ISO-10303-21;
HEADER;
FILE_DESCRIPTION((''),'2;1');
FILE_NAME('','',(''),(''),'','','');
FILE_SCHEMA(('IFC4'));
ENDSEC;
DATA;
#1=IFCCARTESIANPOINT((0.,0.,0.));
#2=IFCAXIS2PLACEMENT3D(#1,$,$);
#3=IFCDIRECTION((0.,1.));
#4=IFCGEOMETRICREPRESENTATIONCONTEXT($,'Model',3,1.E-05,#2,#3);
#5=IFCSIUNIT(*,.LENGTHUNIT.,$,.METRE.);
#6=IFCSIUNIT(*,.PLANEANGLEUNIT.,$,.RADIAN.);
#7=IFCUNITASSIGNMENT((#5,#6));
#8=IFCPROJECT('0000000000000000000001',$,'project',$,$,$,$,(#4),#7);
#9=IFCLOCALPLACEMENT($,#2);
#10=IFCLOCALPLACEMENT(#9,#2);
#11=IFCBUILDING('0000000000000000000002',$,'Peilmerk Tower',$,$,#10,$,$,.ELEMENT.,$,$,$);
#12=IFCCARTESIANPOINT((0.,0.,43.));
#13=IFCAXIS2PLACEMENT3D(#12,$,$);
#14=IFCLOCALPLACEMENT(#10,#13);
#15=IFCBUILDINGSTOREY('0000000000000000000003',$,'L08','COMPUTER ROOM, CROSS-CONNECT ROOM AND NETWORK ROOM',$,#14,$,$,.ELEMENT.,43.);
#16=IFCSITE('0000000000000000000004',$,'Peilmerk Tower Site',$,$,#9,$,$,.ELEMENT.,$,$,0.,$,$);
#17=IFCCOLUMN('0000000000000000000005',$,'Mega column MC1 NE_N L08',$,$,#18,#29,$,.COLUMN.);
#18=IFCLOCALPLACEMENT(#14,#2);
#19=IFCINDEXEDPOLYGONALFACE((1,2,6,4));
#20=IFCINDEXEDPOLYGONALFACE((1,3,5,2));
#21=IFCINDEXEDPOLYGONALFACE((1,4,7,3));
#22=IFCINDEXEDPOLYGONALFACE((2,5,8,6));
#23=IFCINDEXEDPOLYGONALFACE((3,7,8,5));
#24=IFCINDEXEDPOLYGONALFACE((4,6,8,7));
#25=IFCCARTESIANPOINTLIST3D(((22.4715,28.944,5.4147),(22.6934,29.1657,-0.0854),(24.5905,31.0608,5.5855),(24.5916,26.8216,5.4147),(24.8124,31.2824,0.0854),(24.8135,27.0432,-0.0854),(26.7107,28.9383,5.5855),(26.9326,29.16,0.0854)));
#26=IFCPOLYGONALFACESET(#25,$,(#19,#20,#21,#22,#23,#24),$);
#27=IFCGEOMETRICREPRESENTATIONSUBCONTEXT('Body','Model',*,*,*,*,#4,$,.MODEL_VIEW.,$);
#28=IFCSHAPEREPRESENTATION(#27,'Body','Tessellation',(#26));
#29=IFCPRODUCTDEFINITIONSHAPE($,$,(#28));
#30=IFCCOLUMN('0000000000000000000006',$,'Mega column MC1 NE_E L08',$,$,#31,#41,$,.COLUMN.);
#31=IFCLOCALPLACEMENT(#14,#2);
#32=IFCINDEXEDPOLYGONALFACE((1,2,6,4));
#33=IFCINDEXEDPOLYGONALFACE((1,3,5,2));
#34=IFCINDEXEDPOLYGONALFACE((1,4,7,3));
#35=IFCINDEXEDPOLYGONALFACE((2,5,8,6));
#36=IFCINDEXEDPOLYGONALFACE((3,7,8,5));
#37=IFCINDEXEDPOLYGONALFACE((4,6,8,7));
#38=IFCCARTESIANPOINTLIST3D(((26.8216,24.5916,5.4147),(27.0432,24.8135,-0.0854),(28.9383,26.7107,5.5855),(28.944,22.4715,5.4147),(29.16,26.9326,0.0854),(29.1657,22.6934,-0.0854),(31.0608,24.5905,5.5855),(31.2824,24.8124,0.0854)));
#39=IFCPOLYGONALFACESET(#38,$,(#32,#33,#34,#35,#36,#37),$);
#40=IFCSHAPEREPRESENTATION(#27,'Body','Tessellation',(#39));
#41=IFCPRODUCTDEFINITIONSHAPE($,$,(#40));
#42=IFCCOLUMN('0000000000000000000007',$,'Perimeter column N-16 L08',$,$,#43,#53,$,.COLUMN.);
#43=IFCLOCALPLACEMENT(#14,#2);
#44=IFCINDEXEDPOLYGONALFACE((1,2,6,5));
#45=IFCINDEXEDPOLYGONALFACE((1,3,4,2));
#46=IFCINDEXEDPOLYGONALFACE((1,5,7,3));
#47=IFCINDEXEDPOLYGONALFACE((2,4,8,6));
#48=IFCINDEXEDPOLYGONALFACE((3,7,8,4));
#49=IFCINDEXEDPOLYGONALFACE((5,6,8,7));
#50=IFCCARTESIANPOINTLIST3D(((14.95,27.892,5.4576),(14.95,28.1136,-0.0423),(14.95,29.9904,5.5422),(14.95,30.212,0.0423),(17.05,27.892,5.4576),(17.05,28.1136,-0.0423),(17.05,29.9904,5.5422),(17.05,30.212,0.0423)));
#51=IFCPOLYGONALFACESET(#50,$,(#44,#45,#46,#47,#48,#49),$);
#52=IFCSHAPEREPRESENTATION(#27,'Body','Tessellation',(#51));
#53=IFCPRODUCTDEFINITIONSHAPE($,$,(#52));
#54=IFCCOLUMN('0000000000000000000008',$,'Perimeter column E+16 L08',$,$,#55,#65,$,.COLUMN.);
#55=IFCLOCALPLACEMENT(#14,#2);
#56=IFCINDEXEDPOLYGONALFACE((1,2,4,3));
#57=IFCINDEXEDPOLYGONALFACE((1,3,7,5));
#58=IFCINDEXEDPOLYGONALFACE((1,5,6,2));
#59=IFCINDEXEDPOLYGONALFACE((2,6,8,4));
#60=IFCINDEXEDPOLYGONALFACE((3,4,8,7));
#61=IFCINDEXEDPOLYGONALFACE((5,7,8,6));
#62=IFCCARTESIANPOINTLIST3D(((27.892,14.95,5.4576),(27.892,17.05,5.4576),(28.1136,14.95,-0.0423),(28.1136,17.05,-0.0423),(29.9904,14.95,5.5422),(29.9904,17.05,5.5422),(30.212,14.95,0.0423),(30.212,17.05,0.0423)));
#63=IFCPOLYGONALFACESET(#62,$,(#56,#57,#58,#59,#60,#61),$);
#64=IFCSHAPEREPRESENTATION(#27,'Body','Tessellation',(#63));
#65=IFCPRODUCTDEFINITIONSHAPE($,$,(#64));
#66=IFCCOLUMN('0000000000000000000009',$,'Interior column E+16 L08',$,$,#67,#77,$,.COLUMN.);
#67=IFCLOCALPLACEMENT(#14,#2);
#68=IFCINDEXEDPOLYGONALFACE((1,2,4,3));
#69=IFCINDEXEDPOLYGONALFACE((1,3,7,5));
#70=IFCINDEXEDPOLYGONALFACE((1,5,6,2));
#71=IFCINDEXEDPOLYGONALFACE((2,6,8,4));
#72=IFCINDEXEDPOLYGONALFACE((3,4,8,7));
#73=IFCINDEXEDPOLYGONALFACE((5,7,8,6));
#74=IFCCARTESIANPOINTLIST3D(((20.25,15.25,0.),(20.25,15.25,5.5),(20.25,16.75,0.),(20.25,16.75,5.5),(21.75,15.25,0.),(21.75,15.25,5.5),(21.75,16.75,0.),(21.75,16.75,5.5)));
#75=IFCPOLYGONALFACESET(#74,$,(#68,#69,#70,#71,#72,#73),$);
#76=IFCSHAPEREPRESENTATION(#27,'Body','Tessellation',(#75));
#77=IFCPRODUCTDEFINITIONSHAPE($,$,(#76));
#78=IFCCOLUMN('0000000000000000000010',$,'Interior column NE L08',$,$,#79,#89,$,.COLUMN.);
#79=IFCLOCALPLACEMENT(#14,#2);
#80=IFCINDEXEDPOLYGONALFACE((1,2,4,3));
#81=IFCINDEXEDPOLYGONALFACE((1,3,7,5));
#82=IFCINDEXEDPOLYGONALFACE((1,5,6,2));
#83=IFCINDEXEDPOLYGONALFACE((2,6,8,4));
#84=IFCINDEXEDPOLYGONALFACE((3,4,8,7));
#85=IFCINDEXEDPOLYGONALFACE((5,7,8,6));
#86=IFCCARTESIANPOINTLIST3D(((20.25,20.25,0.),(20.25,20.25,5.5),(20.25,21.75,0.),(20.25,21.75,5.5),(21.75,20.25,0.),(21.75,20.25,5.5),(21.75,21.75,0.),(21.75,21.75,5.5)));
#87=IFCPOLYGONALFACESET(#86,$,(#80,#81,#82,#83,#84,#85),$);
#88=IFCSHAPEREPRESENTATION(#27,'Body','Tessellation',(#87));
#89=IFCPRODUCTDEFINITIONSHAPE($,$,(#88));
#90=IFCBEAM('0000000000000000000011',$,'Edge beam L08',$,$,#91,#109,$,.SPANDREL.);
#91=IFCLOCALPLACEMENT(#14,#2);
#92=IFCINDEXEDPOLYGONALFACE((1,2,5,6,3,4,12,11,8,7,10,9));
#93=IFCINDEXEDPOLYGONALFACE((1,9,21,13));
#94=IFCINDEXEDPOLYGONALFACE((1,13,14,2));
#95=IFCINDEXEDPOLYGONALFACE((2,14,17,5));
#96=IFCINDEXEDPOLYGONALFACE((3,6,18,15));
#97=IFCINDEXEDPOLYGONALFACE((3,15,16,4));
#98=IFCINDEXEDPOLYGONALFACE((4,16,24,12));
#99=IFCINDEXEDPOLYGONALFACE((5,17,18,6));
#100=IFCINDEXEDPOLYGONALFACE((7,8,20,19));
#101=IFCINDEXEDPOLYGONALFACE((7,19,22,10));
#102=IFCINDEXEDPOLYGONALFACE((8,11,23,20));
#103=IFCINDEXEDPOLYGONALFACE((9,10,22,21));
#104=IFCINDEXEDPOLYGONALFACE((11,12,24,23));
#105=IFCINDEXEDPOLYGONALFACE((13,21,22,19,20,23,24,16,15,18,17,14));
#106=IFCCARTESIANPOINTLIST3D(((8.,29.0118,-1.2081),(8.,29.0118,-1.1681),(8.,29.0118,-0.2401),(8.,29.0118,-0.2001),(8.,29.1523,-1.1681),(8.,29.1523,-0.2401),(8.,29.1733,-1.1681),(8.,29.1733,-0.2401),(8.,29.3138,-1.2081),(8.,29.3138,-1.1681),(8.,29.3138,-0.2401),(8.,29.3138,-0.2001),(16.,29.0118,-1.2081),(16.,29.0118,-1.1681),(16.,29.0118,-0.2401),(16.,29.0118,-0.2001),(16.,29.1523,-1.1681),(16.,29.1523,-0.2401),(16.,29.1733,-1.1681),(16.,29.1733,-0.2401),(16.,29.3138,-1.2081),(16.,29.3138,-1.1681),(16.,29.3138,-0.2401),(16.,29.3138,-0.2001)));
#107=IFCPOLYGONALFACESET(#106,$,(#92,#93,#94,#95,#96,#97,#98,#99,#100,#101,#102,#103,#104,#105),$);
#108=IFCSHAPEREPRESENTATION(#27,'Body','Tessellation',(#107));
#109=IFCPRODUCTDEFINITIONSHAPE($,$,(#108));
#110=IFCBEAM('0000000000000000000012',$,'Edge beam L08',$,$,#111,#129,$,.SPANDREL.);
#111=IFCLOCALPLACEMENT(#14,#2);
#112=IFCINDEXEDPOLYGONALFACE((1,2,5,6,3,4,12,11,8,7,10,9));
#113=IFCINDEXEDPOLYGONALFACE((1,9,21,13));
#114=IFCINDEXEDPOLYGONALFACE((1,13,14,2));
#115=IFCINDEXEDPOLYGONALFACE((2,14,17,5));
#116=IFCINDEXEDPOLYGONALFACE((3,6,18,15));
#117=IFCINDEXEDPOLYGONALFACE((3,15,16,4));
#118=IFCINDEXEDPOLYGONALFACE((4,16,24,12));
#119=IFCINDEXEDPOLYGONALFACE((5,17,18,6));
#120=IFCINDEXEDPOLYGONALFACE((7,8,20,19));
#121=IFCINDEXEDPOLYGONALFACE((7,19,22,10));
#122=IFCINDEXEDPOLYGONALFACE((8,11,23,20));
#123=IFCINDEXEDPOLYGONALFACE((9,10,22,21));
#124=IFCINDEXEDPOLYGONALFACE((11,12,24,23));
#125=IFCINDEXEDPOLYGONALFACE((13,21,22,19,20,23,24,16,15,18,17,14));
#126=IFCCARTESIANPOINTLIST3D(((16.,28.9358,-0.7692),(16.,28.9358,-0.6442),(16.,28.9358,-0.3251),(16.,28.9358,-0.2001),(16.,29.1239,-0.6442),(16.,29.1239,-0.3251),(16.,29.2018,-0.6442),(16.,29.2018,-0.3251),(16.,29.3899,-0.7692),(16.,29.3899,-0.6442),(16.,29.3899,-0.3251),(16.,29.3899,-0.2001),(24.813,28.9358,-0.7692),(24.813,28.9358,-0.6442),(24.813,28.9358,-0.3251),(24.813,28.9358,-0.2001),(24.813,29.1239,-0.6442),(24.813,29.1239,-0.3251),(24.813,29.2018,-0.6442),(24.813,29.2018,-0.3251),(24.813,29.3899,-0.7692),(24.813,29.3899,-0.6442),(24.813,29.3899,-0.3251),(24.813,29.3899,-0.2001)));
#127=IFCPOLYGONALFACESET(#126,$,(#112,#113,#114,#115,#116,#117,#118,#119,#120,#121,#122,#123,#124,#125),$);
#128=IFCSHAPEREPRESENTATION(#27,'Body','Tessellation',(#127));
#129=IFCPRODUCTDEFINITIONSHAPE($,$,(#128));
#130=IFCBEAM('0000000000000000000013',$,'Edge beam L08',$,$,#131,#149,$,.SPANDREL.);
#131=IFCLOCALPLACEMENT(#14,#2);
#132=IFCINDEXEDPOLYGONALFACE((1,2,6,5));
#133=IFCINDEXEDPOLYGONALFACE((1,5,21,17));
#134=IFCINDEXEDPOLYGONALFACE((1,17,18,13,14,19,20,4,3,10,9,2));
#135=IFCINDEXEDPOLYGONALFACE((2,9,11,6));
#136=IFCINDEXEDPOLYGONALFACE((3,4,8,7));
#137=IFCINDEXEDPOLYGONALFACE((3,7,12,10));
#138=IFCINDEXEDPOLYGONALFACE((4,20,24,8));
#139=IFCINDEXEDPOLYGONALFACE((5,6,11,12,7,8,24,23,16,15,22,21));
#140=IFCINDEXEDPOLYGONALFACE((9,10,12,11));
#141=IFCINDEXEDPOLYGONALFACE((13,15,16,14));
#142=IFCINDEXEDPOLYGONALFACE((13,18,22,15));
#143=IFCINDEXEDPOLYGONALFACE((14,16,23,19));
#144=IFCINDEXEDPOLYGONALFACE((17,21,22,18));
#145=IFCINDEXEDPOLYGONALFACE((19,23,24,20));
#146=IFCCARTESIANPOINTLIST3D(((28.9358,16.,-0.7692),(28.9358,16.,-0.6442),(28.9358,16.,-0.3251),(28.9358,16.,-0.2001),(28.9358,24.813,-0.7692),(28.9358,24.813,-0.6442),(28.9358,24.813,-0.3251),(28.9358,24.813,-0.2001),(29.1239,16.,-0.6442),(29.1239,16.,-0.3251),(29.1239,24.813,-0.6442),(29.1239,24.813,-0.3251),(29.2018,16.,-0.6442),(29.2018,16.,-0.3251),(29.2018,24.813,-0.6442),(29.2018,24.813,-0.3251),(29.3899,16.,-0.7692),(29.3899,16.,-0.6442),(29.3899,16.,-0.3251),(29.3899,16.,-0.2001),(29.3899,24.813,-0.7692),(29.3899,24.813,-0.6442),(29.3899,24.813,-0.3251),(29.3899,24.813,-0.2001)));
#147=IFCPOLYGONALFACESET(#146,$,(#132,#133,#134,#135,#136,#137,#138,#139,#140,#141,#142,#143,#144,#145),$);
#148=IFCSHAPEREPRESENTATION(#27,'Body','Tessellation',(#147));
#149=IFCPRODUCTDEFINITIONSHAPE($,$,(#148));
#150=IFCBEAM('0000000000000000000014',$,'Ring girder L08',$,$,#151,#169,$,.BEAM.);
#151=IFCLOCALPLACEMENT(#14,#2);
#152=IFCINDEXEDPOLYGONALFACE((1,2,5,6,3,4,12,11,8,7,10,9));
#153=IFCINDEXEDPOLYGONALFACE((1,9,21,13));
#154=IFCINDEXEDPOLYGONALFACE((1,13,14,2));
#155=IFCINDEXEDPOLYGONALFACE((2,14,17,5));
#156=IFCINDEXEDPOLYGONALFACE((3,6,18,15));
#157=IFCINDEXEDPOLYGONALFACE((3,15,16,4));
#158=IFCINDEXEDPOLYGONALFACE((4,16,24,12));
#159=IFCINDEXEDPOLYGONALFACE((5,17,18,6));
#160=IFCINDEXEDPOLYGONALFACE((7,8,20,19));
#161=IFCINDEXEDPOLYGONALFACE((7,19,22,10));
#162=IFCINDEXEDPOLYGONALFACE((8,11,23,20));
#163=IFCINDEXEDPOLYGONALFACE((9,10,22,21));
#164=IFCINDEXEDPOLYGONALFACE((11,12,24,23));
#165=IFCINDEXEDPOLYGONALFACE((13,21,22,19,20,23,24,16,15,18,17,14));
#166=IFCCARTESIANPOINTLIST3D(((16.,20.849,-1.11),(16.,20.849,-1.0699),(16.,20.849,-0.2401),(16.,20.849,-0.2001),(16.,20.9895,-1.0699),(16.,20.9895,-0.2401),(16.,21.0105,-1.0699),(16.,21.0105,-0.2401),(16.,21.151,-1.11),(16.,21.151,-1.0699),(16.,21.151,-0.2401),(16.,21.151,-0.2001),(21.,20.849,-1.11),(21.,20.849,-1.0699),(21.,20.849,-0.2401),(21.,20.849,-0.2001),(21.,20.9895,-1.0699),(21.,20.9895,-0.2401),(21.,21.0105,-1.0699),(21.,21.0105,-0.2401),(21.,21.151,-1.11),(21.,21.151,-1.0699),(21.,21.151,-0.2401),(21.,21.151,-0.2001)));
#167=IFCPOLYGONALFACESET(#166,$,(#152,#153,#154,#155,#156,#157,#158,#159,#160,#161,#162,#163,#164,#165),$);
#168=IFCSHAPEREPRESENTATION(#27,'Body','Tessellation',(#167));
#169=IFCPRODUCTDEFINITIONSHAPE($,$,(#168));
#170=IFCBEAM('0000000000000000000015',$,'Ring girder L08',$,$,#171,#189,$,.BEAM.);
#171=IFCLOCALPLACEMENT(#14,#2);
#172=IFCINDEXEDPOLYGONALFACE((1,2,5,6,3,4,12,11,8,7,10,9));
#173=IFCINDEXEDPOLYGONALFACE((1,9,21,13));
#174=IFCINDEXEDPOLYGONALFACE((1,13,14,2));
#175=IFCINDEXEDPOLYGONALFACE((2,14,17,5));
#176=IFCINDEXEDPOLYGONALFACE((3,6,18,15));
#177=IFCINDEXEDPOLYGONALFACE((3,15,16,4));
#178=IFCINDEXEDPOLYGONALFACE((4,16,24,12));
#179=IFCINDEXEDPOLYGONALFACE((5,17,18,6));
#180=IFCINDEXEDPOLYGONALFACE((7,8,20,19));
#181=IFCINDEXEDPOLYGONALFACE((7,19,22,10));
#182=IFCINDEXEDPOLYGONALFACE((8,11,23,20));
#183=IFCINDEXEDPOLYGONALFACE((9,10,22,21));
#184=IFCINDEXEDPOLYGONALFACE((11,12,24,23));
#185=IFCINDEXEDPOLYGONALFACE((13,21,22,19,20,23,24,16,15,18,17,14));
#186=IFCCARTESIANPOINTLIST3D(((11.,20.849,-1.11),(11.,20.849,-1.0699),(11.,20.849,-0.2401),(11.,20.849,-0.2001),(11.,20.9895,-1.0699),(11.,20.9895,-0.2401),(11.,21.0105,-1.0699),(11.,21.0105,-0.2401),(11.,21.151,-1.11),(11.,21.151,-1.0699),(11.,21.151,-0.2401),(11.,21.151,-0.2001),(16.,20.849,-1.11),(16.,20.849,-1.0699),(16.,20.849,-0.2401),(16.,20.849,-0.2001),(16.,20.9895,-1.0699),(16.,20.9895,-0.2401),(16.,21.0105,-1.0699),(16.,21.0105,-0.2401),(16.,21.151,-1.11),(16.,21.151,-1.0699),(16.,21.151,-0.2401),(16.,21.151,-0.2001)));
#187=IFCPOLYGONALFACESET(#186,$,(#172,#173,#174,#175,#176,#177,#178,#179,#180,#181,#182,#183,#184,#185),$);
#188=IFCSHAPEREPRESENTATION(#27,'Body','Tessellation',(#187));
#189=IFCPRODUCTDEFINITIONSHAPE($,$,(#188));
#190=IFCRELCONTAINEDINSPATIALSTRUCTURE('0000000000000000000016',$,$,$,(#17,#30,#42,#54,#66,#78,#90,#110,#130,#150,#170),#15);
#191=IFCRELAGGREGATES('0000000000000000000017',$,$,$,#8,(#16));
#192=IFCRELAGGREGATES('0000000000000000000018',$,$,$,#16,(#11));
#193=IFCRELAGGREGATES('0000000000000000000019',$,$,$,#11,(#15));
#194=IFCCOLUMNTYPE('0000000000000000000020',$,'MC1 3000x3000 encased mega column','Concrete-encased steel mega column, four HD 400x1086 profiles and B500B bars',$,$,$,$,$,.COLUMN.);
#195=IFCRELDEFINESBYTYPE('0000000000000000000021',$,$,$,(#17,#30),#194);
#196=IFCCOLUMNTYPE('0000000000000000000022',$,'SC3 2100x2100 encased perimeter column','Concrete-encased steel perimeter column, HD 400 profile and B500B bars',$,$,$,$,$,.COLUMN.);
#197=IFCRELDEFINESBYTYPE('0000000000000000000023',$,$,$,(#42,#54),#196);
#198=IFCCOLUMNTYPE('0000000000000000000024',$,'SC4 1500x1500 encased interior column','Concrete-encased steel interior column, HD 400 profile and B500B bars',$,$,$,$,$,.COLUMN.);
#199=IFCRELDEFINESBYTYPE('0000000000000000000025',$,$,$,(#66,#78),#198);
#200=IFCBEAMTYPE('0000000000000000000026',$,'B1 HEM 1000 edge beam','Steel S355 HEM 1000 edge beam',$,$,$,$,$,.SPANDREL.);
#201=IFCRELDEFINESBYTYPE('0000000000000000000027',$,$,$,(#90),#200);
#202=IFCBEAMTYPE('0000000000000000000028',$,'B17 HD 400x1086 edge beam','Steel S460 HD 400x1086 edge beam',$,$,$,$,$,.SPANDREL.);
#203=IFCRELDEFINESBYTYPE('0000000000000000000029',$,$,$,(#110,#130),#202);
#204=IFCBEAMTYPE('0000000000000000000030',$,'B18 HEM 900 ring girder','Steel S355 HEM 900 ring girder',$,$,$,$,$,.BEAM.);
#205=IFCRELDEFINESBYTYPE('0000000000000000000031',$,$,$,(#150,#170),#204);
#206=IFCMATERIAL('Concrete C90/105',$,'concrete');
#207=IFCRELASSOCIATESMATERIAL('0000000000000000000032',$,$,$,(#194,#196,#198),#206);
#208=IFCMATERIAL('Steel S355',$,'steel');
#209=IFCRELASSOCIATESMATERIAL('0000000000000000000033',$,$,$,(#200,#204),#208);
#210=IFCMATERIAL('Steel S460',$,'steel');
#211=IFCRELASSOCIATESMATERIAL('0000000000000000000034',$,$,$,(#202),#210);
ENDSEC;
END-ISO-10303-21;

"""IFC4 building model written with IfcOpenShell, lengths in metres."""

from ifc_helpers import new_model, si_unit, direction, frame, origin, origin_2d, place, context, subcontext, project, spatial, rectangle, i_section, extrude, material, material_profile, profile_set, type_object, element, save


model = new_model("IFC4")

# Units and contexts
model_context = context("Model", 3, precision=1e-05, world=origin(), true_north=direction((0.0, 1.0)))
body_context = subcontext(model_context, "Body", "Model", "MODEL_VIEW")
ifc_project = project(units=[si_unit("LENGTHUNIT", "METRE"), si_unit("PLANEANGLEUNIT", "RADIAN")], contexts=[model_context])

# Site, building, storey
site_placement = place(None, origin())
site = spatial("IfcSite", under=ifc_project, at=site_placement, Name="Peilmerk Tower Site", CompositionType="ELEMENT", RefElevation=0.0)
building_placement = place(site_placement, origin())
building = spatial("IfcBuilding", under=site, at=building_placement, Name="Peilmerk Tower", CompositionType="ELEMENT")
storey_placement = place(building_placement, frame((0.0, 0.0, 43.0)))
storey = spatial("IfcBuildingStorey", under=building, at=storey_placement, Name="L08", Description="COMPUTER ROOM, CROSS-CONNECT ROOM AND NETWORK ROOM", CompositionType="ELEMENT", Elevation=43.0)

# Columns
ifc_material_1 = material(Name="Concrete C90/105", Category="concrete")
ifc_material_profile_1 = material_profile(ifc_material_1, rectangle(XDim=3.0, YDim=3.0, at=origin_2d()), Name="RC 3000x3000")
ifc_profile_set_1 = profile_set([ifc_material_profile_1], Name="Concrete C90/105")
column_type_1 = type_object("IfcColumnType", Name="MC1 3000x3000 encased mega column", Description="Concrete-encased steel mega column, four HD 400x1086 profiles and B500B bars", PredefinedType="COLUMN", material=ifc_profile_set_1)
for number, where, z_axis, x_axis, name in (
    (1, (24.813, 29.1628, 0.0), (-0.040284, -0.04024, 0.998378), (0.706718, -0.707496, 0.0), "Mega column MC1 NE_N L08"),
    (2, (29.1628, 24.813, 0.0), (-0.04024, -0.040284, 0.998378), (0.707496, -0.706718, 0.0), "Mega column MC1 NE_E L08"),
):
    element("IfcColumn", number, at=place(storey_placement, frame(where, z_axis=z_axis, x_axis=x_axis)), inside=storey, type_object=column_type_1, Name=name, PredefinedType="COLUMN", context=body_context, shape_type="SweptSolid", body=[
        extrude(rectangle(XDim=3.0, YDim=3.0, at=origin_2d()), origin(), (0.0, 0.0, 1.0), 5.509),
    ])
ifc_material_profile_2 = material_profile(ifc_material_1, rectangle(XDim=2.1001, YDim=2.1001, at=origin_2d()), Name="RC 2100x2100")
ifc_profile_set_2 = profile_set([ifc_material_profile_2], Name="Concrete C90/105")
column_type_2 = type_object("IfcColumnType", Name="SC3 2100x2100 encased perimeter column", Description="Concrete-encased steel perimeter column, HD 400 profile and B500B bars", PredefinedType="COLUMN", material=ifc_profile_set_2)
for number, where, z_axis, x_axis, name in (
    (3, (16.0, 29.1628, 0.0), (0.0, -0.040273, 0.999189), (1.0, 0.0, 0.0), "Perimeter column N-16 L08"),
    (4, (29.1628, 16.0, 0.0), (-0.040273, 0.0, 0.999189), (0.0, -1.0, 0.0), "Perimeter column E+16 L08"),
):
    element("IfcColumn", number, at=place(storey_placement, frame(where, z_axis=z_axis, x_axis=x_axis)), inside=storey, type_object=column_type_2, Name=name, PredefinedType="COLUMN", context=body_context, shape_type="SweptSolid", body=[
        extrude(rectangle(XDim=2.1001, YDim=2.1001, at=origin_2d()), origin(), (0.0, 0.0, 1.0), 5.5044),
    ])
ifc_material_profile_3 = material_profile(ifc_material_1, rectangle(XDim=1.5, YDim=1.5, at=origin_2d()), Name="RC 1500x1500")
ifc_profile_set_3 = profile_set([ifc_material_profile_3], Name="Concrete C90/105")
column_type_3 = type_object("IfcColumnType", Name="SC4 1500x1500 encased interior column", Description="Concrete-encased steel interior column, HD 400 profile and B500B bars", PredefinedType="COLUMN", material=ifc_profile_set_3)
for number, where, z_axis, x_axis, name in (
    (5, (21.0, 16.0, 0.0), (0.0, 0.0, 1.0), (1.0, 0.0, 0.0), "Interior column E+16 L08"),
    (6, (21.0, 21.0, 0.0), (0.0, 0.0, 1.0), (1.0, 0.0, 0.0), "Interior column NE L08"),
):
    element("IfcColumn", number, at=place(storey_placement, frame(where, z_axis=z_axis, x_axis=x_axis)), inside=storey, type_object=column_type_3, Name=name, PredefinedType="COLUMN", context=body_context, shape_type="SweptSolid", body=[
        extrude(rectangle(XDim=1.5, YDim=1.5, at=origin_2d()), origin(), (0.0, 0.0, 1.0), 5.5),
    ])

# Beams
ifc_material_2 = material(Name="Steel S355", Category="steel")
ifc_material_profile_4 = material_profile(ifc_material_2, i_section(OverallWidth=0.302, OverallDepth=1.0081, WebThickness=0.021, FlangeThickness=0.04, at=origin_2d()), Name="HEM 1000")
ifc_profile_set_4 = profile_set([ifc_material_profile_4], Name="Steel S355")
beam_type_1 = type_object("IfcBeamType", Name="B1 HEM 1000 edge beam", Description="Steel S355 HEM 1000 edge beam", PredefinedType="SPANDREL", material=ifc_profile_set_4)
beam_1_placement = place(storey_placement, frame((16.0, 29.1628, -0.7041), z_axis=(-1.0, 0.0, 0.0), x_axis=(0.0, -1.0, 0.0)))
element("IfcBeam", 7, at=beam_1_placement, inside=storey, type_object=beam_type_1, Name="Edge beam L08", PredefinedType="SPANDREL", context=body_context, shape_type="SweptSolid", body=[
    extrude(i_section(OverallWidth=0.302, OverallDepth=1.0081, WebThickness=0.021, FlangeThickness=0.04, at=origin_2d()), origin(), (0.0, 0.0, 1.0), 8.0),
])
ifc_material_3 = material(Name="Steel S460", Category="steel")
ifc_material_profile_5 = material_profile(ifc_material_3, i_section(OverallWidth=0.4541, OverallDepth=0.5691, WebThickness=0.0779, FlangeThickness=0.125, at=origin_2d()), Name="HD 400x1086")
ifc_profile_set_5 = profile_set([ifc_material_profile_5], Name="Steel S460")
beam_type_2 = type_object("IfcBeamType", Name="B17 HD 400x1086 edge beam", Description="Steel S460 HD 400x1086 edge beam", PredefinedType="SPANDREL", material=ifc_profile_set_5)
for number, where, z_axis, x_axis, name in (
    (8, (24.813, 29.1628, -0.4846), (-1.0, 0.0, 0.0), (0.0, -1.0, 0.0), "Edge beam L08"),
    (9, (29.1628, 16.0, -0.4846), (0.0, 1.0, 0.0), (-1.0, 0.0, 0.0), "Edge beam L08"),
):
    element("IfcBeam", number, at=place(storey_placement, frame(where, z_axis=z_axis, x_axis=x_axis)), inside=storey, type_object=beam_type_2, Name=name, PredefinedType="SPANDREL", context=body_context, shape_type="SweptSolid", body=[
        extrude(i_section(OverallWidth=0.4541, OverallDepth=0.5691, WebThickness=0.0779, FlangeThickness=0.125, at=origin_2d()), origin(), (0.0, 0.0, 1.0), 8.813),
    ])
ifc_material_profile_6 = material_profile(ifc_material_2, i_section(OverallWidth=0.302, OverallDepth=0.9099, WebThickness=0.021, FlangeThickness=0.04, at=origin_2d()), Name="HEM 900")
ifc_profile_set_6 = profile_set([ifc_material_profile_6], Name="Steel S355")
beam_type_3 = type_object("IfcBeamType", Name="B18 HEM 900 ring girder", Description="Steel S355 HEM 900 ring girder", PredefinedType="BEAM", material=ifc_profile_set_6)
for number, where, z_axis, x_axis, name in (
    (10, (21.0, 21.0, -0.655), (-1.0, 0.0, 0.0), (0.0, -1.0, 0.0), "Ring girder L08"),
    (11, (16.0, 21.0, -0.655), (-1.0, 0.0, 0.0), (0.0, -1.0, 0.0), "Ring girder L08"),
):
    element("IfcBeam", number, at=place(storey_placement, frame(where, z_axis=z_axis, x_axis=x_axis)), inside=storey, type_object=beam_type_3, Name=name, PredefinedType="BEAM", context=body_context, shape_type="SweptSolid", body=[
        extrude(i_section(OverallWidth=0.302, OverallDepth=0.9099, WebThickness=0.021, FlangeThickness=0.04, at=origin_2d()), origin(), (0.0, 0.0, 1.0), 5.0),
    ])

save(model, "model.ifc")
